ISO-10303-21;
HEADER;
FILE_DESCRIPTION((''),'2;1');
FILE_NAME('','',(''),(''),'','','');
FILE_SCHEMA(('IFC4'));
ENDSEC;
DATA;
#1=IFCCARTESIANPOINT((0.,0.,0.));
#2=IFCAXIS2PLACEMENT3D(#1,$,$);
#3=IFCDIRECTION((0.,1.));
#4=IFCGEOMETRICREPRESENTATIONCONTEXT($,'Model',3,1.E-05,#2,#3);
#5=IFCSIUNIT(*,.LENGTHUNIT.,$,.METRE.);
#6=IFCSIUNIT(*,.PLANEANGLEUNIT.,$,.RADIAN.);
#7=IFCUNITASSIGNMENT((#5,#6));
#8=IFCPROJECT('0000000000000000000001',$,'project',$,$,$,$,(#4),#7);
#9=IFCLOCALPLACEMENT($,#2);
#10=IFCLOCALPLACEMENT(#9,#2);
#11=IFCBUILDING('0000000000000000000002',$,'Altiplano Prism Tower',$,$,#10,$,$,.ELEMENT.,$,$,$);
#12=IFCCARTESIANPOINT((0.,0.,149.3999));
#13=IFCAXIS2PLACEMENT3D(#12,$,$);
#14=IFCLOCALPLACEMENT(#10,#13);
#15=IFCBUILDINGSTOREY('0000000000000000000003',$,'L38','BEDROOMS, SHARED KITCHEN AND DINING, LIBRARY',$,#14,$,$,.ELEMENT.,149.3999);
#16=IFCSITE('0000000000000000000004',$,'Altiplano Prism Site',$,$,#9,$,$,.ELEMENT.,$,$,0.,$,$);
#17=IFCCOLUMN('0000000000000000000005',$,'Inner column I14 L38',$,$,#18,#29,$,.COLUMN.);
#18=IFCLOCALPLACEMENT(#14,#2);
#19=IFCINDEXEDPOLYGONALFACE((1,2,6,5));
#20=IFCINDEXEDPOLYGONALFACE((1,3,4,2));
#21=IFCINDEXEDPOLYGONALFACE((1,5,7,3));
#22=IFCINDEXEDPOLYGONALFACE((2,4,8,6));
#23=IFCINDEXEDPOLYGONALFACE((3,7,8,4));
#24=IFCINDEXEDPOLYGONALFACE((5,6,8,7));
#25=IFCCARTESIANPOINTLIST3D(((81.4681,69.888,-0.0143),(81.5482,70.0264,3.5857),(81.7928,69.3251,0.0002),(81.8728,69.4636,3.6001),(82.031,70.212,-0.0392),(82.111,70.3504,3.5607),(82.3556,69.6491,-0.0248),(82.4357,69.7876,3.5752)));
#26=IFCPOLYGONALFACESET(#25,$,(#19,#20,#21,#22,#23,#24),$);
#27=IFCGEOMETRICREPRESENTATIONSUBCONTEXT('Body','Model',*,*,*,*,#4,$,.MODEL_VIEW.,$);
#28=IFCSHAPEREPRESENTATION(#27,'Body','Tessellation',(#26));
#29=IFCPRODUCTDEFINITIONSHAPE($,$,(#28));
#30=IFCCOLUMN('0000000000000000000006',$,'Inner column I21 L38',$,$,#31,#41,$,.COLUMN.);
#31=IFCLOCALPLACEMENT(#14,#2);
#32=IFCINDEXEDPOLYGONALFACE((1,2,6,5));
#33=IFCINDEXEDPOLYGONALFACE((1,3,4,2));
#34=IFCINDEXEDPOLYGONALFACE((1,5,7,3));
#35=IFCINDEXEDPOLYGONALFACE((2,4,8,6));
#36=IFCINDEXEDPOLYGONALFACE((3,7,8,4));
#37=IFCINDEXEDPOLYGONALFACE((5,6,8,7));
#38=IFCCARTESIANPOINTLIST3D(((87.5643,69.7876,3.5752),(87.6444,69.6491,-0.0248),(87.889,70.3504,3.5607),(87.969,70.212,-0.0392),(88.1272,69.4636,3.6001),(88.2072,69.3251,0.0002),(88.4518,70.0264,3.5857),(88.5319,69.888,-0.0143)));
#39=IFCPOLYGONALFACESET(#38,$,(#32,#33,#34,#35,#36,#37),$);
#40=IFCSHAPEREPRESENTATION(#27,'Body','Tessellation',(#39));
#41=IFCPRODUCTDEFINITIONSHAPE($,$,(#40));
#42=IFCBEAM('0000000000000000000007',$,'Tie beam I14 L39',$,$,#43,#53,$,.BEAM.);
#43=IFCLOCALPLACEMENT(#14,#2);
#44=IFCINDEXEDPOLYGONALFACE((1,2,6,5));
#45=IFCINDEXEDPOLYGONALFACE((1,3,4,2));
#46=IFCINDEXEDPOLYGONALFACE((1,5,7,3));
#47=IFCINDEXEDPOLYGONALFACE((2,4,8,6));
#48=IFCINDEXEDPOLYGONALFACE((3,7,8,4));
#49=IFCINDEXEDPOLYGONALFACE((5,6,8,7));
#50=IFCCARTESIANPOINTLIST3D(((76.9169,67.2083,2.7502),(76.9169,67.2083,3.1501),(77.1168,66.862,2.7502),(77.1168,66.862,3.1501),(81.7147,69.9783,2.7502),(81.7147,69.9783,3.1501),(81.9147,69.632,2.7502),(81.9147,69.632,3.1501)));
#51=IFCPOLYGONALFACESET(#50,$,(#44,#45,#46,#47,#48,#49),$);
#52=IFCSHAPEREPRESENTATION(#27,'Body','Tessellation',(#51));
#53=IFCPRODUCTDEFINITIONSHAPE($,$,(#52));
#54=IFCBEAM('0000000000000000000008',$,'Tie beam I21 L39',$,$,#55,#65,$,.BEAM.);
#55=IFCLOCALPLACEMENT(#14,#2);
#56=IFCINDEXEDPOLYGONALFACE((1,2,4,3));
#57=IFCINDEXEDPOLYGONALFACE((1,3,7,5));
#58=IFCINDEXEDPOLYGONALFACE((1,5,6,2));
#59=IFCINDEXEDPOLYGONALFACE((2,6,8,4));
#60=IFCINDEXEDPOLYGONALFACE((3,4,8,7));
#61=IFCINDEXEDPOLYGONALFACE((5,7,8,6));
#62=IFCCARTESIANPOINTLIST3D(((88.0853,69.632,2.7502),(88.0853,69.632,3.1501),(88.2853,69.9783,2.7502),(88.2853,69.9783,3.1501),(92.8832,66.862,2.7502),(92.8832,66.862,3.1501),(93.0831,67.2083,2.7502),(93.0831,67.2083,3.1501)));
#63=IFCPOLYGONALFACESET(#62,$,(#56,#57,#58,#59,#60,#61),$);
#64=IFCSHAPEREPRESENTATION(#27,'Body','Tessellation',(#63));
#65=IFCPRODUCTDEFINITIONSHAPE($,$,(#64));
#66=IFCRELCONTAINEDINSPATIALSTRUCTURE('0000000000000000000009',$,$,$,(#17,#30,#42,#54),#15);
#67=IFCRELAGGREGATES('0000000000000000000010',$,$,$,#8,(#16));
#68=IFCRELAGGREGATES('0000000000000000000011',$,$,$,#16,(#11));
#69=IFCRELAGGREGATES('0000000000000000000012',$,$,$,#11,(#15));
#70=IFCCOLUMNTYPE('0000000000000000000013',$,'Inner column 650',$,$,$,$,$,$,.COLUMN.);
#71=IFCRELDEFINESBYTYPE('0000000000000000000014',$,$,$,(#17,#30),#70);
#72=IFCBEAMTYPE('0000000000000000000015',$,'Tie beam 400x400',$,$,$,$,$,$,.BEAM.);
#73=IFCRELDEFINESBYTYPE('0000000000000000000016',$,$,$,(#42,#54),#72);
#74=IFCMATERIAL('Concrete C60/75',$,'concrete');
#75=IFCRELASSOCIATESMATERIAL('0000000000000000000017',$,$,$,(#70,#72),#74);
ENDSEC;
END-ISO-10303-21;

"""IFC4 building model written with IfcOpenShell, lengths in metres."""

from ifc_helpers import new_model, si_unit, direction, frame, origin, origin_2d, place, context, subcontext, project, spatial, rectangle, extrude, material, material_profile, profile_set, type_object, element, save


model = new_model("IFC4")

# Units and contexts
model_context = context("Model", 3, precision=1e-05, world=origin(), true_north=direction((0.0, 1.0)))
body_context = subcontext(model_context, "Body", "Model", "MODEL_VIEW")
ifc_project = project(units=[si_unit("LENGTHUNIT", "METRE"), si_unit("PLANEANGLEUNIT", "RADIAN")], contexts=[model_context])

# Site, building, storey
site_placement = place(None, origin())
site = spatial("IfcSite", under=ifc_project, at=site_placement, Name="Altiplano Prism Site", CompositionType="ELEMENT", RefElevation=0.0)
building_placement = place(site_placement, origin())
building = spatial("IfcBuilding", under=site, at=building_placement, Name="Altiplano Prism Tower", CompositionType="ELEMENT")
storey_placement = place(building_placement, frame((0.0, 0.0, 149.3999)))
storey = spatial("IfcBuildingStorey", under=building, at=storey_placement, Name="L38", Description="BEDROOMS, SHARED KITCHEN AND DINING, LIBRARY", CompositionType="ELEMENT", Elevation=149.3999)

# Columns
ifc_material_1 = material(Name="Concrete C60/75", Category="concrete")
ifc_material_profile_1 = material_profile(ifc_material_1, rectangle(XDim=0.6499, YDim=0.6499, at=origin_2d()), Name="Inner column 650")
ifc_profile_set_1 = profile_set([ifc_material_profile_1], Name="Concrete C60/75")
column_type = type_object("IfcColumnType", Name="Inner column 650", PredefinedType="COLUMN", material=ifc_profile_set_1)
for number, where, z_axis, x_axis, name in (
    (1, (81.9119, 69.7686, -0.0195), (0.022223, 0.038416, 0.999015), (-0.866023, -0.498525, 0.038435), "Inner column I14 L38"),
    (2, (88.0881, 69.7686, -0.0195), (-0.022223, 0.038416, 0.999015), (-0.49951, -0.866024, 0.02219), "Inner column I21 L38"),
):
    element("IfcColumn", number, at=place(storey_placement, frame(where, z_axis=z_axis, x_axis=x_axis)), inside=storey, type_object=column_type, Name=name, PredefinedType="COLUMN", context=body_context, shape_type="SweptSolid", body=[
        extrude(rectangle(XDim=0.6499, YDim=0.6499, at=origin_2d()), origin(), (0.0, 0.0, 1.0), 3.6035),
    ])

# Beams
ifc_material_profile_2 = material_profile(ifc_material_1, rectangle(XDim=0.3999, YDim=0.3999, at=origin_2d()), Name="Tie beam 400x400")
ifc_profile_set_2 = profile_set([ifc_material_profile_2], Name="Concrete C60/75")
beam_type = type_object("IfcBeamType", Name="Tie beam 400x400", PredefinedType="BEAM", material=ifc_profile_set_2)
for number, where, z_axis, x_axis, name in (
    (3, (81.8147, 69.8052, 2.9502), (-0.866027, -0.499997, 0.0), (0.499997, -0.866027, 0.0), "Tie beam I14 L39"),
    (4, (88.1853, 69.8052, 2.9502), (0.866027, -0.499997, 0.0), (0.499997, 0.866027, 0.0), "Tie beam I21 L39"),
):
    element("IfcBeam", number, at=place(storey_placement, frame(where, z_axis=z_axis, x_axis=x_axis)), inside=storey, type_object=beam_type, Name=name, PredefinedType="BEAM", context=body_context, shape_type="SweptSolid", body=[
        extrude(rectangle(XDim=0.3999, YDim=0.3999, at=origin_2d()), origin(), (0.0, 0.0, 1.0), 5.54),
    ])

save(model, "model.ifc")
